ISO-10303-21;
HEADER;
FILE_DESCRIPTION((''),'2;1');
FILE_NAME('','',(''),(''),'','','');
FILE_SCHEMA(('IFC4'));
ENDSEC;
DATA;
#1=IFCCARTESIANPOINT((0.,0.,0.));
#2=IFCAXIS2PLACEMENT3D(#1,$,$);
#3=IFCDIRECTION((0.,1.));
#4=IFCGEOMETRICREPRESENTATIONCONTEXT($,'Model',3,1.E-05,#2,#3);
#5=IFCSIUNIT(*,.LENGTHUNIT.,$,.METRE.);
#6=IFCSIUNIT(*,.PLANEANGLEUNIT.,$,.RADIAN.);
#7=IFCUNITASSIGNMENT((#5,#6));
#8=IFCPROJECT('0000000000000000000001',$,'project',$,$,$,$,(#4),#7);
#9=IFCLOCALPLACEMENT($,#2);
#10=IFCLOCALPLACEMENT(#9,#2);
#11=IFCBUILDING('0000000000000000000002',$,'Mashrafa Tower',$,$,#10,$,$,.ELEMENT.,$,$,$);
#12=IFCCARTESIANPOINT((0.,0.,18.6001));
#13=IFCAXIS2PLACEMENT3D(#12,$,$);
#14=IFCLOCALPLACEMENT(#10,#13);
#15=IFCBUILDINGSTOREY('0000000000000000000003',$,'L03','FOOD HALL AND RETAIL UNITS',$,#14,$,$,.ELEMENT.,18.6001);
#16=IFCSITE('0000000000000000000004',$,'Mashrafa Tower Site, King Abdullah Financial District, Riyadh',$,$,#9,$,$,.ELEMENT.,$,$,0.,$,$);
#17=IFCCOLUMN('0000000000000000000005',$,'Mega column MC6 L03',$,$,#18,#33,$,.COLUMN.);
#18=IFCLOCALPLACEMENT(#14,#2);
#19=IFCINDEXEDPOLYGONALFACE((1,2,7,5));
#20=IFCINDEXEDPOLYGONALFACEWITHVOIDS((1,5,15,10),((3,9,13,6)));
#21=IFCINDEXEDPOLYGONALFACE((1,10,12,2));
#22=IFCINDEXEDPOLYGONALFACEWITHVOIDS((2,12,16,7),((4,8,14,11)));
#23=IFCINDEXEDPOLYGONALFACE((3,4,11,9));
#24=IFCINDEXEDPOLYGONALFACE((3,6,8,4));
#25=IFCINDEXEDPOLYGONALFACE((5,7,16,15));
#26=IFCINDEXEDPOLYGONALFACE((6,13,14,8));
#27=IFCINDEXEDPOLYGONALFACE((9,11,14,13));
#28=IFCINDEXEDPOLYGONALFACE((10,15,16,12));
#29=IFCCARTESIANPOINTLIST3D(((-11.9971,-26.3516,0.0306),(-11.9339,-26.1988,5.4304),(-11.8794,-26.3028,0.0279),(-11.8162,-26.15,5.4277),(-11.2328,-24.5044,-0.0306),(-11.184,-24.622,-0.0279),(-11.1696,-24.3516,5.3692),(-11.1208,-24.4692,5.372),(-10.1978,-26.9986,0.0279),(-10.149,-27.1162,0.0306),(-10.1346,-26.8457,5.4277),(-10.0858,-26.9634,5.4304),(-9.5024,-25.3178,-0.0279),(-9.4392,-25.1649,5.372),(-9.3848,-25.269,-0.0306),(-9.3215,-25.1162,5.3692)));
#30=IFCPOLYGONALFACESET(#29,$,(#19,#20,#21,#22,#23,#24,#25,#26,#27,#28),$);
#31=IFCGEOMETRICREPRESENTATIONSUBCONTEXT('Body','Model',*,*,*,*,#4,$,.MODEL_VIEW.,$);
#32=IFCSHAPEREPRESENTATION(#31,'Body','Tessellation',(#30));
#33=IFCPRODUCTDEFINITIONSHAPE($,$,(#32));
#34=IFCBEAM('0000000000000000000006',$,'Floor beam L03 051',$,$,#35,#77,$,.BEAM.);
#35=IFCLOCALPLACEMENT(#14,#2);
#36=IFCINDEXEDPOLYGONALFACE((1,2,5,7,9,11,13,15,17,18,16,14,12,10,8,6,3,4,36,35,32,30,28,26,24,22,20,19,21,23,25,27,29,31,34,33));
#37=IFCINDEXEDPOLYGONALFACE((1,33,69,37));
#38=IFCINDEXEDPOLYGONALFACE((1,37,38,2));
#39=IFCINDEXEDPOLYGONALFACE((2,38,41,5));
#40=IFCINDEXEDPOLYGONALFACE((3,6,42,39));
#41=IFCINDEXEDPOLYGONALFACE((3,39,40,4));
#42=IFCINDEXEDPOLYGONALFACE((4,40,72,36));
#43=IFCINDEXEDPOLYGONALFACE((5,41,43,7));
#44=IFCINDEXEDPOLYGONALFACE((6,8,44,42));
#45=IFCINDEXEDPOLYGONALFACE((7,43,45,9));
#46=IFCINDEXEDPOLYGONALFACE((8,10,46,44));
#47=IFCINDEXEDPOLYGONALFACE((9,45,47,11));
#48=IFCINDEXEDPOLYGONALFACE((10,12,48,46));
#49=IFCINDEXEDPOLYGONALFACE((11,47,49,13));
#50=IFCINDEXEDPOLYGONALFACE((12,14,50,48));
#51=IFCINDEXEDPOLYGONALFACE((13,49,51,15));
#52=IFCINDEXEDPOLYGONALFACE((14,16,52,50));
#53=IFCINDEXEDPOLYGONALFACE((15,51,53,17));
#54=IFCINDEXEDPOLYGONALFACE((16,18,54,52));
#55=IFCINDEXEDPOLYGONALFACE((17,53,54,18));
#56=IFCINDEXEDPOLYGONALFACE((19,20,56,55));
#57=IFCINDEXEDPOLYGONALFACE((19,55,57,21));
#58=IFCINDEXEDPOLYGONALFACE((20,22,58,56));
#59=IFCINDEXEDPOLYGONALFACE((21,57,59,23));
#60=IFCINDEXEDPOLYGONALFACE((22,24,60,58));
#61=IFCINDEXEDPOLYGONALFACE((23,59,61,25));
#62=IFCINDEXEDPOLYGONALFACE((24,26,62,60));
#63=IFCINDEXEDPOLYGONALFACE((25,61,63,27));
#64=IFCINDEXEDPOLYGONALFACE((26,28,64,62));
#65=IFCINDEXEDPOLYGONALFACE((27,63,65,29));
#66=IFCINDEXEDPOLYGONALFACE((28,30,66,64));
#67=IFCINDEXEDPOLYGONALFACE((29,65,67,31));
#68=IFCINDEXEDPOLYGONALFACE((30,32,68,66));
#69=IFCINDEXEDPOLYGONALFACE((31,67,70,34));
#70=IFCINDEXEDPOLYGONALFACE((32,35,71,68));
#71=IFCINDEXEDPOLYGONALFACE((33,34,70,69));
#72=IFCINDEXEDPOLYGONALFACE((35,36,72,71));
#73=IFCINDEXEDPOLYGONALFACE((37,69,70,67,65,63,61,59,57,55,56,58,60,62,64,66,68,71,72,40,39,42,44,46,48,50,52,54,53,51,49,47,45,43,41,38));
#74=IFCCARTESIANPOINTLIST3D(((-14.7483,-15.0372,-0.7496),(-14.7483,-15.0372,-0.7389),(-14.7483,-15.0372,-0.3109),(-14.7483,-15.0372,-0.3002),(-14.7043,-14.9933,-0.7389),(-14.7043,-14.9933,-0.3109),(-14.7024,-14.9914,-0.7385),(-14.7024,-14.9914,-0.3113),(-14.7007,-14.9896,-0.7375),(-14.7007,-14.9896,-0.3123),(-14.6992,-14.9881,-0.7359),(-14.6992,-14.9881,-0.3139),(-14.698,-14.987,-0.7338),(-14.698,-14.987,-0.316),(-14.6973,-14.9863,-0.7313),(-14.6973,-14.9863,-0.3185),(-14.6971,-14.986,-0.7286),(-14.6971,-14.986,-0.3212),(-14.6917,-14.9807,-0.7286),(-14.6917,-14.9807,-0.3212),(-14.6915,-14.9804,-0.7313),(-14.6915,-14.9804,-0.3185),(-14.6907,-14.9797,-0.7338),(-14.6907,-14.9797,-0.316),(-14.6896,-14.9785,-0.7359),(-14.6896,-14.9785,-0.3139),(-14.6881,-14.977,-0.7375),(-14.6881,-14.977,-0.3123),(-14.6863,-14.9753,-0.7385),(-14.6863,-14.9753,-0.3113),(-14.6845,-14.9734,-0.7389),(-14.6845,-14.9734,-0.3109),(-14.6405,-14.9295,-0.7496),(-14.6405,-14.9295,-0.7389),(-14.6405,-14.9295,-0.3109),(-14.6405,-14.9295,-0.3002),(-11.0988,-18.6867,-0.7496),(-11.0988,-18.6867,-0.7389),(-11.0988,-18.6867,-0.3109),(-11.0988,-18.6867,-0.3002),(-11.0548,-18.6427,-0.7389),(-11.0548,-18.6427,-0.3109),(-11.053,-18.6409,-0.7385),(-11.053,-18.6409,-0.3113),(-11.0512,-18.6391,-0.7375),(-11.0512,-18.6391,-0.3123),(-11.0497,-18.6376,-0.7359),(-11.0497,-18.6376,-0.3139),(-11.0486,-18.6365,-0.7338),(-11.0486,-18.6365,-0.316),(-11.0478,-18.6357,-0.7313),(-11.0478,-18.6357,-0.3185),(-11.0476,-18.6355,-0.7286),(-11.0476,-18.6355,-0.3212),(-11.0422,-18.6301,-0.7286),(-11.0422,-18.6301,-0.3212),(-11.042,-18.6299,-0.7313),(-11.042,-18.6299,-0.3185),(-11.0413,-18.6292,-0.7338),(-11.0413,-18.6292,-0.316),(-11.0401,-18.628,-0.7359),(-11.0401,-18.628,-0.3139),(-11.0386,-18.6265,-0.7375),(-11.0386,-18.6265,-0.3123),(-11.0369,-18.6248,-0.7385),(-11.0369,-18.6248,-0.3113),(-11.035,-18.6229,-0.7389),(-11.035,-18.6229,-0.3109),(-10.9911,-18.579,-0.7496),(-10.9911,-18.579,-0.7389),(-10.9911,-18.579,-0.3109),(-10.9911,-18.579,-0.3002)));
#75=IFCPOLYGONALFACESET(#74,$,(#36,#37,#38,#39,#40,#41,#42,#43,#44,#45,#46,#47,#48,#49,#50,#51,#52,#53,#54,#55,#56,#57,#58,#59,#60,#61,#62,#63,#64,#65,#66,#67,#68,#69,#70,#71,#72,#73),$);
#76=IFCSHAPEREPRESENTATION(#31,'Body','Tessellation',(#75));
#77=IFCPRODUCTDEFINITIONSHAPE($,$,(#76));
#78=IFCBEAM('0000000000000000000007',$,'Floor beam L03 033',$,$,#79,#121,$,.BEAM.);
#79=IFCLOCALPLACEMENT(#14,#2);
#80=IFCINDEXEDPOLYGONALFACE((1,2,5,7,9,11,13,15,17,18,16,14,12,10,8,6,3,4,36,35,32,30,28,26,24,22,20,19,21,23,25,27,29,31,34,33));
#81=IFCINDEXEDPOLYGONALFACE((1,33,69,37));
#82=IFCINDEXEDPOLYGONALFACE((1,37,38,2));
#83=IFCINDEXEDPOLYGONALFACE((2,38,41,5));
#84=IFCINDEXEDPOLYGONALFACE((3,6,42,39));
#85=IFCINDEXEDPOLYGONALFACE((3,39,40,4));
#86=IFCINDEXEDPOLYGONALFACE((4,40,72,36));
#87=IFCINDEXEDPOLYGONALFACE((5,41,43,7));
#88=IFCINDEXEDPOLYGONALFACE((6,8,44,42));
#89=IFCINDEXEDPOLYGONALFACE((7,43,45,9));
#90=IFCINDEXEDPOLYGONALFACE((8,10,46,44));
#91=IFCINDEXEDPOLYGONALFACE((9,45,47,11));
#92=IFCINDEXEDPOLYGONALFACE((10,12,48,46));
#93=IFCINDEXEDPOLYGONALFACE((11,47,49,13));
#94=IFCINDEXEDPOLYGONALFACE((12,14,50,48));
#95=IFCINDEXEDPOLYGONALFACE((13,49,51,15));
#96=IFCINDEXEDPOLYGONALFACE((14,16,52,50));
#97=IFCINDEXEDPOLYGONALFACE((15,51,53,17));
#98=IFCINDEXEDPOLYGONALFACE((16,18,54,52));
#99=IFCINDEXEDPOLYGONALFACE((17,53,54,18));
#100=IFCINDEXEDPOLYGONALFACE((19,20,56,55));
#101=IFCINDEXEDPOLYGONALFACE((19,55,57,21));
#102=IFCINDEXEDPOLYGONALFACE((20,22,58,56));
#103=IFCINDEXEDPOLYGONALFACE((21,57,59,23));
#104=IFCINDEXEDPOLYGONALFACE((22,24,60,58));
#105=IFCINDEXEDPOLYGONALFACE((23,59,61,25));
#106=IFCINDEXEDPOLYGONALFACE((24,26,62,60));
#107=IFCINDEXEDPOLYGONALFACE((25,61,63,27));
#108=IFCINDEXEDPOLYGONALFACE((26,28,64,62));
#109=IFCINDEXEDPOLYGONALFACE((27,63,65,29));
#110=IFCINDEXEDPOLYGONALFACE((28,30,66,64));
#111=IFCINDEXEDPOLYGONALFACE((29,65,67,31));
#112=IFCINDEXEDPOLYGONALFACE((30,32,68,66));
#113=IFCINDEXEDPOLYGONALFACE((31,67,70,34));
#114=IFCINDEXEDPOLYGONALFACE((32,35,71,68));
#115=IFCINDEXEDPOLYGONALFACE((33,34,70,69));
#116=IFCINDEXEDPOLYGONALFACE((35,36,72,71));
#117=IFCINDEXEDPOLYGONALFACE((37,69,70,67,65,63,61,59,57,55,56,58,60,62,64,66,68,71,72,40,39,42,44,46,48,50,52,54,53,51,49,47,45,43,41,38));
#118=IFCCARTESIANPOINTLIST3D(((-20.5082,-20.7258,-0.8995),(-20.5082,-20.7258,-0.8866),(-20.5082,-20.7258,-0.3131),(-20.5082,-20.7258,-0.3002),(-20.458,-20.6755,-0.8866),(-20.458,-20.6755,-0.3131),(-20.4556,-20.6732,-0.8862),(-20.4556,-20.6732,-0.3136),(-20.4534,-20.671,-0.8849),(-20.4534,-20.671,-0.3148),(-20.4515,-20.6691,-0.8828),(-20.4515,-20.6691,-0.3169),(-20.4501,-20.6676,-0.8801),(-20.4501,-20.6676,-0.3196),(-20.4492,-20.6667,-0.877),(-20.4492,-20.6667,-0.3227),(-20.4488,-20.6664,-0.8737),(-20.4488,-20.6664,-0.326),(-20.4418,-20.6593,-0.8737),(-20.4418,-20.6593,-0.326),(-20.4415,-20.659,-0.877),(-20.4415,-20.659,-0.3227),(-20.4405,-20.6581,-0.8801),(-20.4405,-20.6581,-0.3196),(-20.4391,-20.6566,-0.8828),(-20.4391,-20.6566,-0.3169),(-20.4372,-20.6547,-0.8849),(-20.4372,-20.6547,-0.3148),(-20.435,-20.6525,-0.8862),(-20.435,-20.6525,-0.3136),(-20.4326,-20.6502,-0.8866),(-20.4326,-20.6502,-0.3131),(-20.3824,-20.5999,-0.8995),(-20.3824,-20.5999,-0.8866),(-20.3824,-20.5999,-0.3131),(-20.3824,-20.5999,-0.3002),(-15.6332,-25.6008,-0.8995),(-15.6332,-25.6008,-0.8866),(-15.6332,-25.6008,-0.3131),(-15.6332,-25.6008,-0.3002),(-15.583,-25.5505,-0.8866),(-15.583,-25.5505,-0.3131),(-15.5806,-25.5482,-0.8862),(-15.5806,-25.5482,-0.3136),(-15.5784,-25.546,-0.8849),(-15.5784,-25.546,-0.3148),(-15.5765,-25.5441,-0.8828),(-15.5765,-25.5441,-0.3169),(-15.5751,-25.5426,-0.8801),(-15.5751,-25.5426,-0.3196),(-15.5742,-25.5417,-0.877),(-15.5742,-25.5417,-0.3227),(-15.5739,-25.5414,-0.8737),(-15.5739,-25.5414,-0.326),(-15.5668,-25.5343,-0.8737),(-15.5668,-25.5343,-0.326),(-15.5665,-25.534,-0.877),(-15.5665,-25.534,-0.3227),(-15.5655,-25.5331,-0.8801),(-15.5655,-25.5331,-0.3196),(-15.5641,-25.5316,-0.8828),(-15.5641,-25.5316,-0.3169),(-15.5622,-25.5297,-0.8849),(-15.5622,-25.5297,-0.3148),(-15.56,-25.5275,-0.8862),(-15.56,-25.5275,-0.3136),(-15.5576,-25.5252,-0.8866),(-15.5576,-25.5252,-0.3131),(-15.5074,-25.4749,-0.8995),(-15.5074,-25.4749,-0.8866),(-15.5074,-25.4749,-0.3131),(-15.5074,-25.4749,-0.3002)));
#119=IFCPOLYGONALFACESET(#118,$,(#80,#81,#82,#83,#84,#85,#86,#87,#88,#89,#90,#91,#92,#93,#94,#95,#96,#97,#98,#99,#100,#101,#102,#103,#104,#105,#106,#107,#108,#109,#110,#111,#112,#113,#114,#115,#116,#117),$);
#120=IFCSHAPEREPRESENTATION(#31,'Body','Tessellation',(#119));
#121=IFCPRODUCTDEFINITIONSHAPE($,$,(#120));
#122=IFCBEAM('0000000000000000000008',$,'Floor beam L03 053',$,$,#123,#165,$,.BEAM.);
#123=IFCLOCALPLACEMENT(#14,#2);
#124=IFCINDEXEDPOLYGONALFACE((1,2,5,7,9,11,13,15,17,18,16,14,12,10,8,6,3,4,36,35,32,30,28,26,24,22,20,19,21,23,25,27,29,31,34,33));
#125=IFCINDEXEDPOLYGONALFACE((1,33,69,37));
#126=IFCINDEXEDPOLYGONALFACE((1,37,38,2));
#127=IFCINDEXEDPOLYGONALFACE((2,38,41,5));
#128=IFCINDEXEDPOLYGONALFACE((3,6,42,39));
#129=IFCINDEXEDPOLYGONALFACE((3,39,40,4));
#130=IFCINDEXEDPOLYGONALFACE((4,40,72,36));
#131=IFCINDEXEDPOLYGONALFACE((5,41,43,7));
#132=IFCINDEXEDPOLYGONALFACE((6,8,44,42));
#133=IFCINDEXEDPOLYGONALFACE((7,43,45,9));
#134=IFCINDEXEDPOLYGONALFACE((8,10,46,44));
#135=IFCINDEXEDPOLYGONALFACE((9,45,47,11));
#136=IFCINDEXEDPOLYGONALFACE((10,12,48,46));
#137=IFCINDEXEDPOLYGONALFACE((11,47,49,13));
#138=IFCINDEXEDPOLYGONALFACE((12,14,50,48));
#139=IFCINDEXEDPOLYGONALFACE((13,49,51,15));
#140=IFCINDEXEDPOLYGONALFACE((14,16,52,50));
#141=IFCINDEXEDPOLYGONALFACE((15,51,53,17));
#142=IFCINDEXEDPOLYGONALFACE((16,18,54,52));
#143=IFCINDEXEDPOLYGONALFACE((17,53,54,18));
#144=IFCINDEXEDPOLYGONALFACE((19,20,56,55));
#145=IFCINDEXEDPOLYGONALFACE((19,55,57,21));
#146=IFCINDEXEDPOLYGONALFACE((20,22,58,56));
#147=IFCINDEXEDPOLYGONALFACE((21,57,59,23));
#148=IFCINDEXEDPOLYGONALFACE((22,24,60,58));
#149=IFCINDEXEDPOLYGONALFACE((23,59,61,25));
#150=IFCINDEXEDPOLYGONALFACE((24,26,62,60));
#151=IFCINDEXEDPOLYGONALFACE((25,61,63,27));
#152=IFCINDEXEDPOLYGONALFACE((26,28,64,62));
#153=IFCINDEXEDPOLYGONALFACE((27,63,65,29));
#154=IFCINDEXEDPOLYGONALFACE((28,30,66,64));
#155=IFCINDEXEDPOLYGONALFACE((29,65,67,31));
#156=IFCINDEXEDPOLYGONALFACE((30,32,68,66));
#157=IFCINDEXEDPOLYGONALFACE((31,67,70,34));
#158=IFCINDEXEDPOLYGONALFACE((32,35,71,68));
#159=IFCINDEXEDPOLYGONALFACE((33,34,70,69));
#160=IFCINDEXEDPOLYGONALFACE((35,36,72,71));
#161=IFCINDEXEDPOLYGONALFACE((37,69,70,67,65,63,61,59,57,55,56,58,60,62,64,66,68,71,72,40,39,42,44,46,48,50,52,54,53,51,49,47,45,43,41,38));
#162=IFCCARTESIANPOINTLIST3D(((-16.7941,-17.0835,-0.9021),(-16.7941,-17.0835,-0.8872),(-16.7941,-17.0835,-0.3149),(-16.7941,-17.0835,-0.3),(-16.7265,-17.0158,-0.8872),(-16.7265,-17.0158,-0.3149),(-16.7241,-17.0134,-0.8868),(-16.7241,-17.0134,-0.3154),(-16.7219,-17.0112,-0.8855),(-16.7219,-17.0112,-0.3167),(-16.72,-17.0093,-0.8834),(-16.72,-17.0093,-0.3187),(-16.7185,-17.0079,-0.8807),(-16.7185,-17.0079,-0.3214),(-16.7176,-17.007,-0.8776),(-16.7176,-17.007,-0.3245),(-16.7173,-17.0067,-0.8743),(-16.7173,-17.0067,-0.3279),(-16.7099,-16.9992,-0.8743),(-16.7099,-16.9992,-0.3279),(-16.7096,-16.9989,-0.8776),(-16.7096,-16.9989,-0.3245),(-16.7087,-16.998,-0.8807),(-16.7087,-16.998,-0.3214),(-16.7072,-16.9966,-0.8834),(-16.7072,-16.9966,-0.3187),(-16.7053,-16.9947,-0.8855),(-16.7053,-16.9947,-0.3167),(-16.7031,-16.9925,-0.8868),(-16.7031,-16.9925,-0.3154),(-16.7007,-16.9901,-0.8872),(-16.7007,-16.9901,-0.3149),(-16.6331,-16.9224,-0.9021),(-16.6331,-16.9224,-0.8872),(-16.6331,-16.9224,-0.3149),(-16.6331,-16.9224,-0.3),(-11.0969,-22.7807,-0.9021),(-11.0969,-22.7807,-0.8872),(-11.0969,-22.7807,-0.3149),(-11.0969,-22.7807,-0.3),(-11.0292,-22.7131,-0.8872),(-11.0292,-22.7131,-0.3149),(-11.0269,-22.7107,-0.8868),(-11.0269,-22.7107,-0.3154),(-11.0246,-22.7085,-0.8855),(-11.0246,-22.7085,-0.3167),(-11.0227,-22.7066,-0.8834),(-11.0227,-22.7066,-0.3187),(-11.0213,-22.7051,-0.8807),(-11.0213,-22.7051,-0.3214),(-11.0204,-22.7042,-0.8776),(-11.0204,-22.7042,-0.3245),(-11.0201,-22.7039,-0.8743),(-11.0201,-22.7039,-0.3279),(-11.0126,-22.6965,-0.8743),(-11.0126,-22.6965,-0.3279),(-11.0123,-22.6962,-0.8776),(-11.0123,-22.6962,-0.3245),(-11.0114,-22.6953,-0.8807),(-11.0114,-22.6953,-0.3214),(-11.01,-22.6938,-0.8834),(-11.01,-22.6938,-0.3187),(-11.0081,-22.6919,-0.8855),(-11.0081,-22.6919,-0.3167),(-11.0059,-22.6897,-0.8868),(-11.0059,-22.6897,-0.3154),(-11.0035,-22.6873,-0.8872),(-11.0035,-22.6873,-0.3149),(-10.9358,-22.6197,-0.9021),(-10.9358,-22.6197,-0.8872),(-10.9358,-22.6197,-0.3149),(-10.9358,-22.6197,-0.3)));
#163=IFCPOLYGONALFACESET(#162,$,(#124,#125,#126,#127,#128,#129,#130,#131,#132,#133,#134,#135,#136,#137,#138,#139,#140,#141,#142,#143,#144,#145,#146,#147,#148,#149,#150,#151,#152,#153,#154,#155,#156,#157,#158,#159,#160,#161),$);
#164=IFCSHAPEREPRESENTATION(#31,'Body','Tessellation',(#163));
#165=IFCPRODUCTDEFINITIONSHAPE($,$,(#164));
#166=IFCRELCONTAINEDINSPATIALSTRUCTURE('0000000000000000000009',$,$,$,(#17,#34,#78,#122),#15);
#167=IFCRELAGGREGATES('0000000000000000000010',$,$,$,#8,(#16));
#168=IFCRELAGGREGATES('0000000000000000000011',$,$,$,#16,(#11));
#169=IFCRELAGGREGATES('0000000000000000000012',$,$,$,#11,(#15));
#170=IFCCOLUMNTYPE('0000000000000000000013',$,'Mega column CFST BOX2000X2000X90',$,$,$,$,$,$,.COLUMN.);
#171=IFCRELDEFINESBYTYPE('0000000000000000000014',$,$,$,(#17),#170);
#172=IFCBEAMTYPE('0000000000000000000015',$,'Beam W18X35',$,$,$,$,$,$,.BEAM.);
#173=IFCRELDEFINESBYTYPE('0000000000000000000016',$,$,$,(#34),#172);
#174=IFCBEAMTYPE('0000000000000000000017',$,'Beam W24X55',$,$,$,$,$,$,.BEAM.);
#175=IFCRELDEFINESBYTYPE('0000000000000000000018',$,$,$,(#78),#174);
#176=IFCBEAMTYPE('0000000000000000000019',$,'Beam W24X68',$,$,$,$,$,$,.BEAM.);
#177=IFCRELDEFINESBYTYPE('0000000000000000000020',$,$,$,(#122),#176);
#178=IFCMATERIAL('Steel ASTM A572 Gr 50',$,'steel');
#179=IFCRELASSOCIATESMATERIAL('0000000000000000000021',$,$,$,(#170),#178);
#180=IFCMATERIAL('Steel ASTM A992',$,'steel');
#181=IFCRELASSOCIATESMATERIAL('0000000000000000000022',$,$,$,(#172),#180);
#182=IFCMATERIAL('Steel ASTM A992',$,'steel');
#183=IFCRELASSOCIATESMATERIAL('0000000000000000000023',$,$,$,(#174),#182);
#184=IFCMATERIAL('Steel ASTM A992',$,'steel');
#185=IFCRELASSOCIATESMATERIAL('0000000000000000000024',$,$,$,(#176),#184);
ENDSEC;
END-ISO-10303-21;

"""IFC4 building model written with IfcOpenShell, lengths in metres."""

from ifc_helpers import new_model, si_unit, direction, frame, origin, origin_2d, place, context, subcontext, project, spatial, hollow_rectangle, i_section, extrude, material, material_profile, profile_set, type_object, element, save


model = new_model("IFC4")

# Units and contexts
model_context = context("Model", 3, precision=1e-05, world=origin(), true_north=direction((0.0, 1.0)))
body_context = subcontext(model_context, "Body", "Model", "MODEL_VIEW")
ifc_project = project(units=[si_unit("LENGTHUNIT", "METRE"), si_unit("PLANEANGLEUNIT", "RADIAN")], contexts=[model_context])

# Site, building, storey
site_placement = place(None, origin())
site = spatial("IfcSite", under=ifc_project, at=site_placement, Name="Mashrafa Tower Site, King Abdullah Financial District, Riyadh", CompositionType="ELEMENT", RefElevation=0.0)
building_placement = place(site_placement, origin())
building = spatial("IfcBuilding", under=site, at=building_placement, Name="Mashrafa Tower", CompositionType="ELEMENT")
storey_placement = place(building_placement, frame((0.0, 0.0, 18.6001)))
storey = spatial("IfcBuildingStorey", under=building, at=storey_placement, Name="L03", Description="FOOD HALL AND RETAIL UNITS", CompositionType="ELEMENT", Elevation=18.6001)

# Column
ifc_material_1 = material(Name="Steel ASTM A572 Gr 50", Category="steel")
ifc_material_profile_1 = material_profile(ifc_material_1, hollow_rectangle(XDim=2.0, YDim=2.0, WallThickness=0.0901, at=origin_2d()), Name="BOX2000X2000X90")
ifc_profile_set_1 = profile_set([ifc_material_profile_1], Name="Steel ASTM A572 Gr 50")
column_type = type_object("IfcColumnType", Name="Mega column CFST BOX2000X2000X90", PredefinedType="COLUMN", material=ifc_profile_set_1)
column_placement = place(storey_placement, frame((-10.6909, -25.8103, 0.0), z_axis=(0.011704, 0.028289, 0.999531), x_axis=(-0.924035, 0.382308, 0.0)))
element("IfcColumn", 1, at=column_placement, inside=storey, type_object=column_type, Name="Mega column MC6 L03", PredefinedType="COLUMN", context=body_context, shape_type="SweptSolid", body=[
    extrude(hollow_rectangle(XDim=2.0, YDim=2.0, WallThickness=0.0901, at=origin_2d()), origin(), (0.0, 0.0, 1.0), 5.4023),
])

# Beams
ifc_material_2 = material(Name="Steel ASTM A992", Category="steel")
ifc_material_profile_2 = material_profile(ifc_material_2, i_section(OverallWidth=0.1523, OverallDepth=0.4495, WebThickness=0.0076, FlangeThickness=0.0107, FilletRadius=0.0103, at=origin_2d()), Name="W18X35")
ifc_profile_set_2 = profile_set([ifc_material_profile_2], Name="Steel ASTM A992")
beam_type_1 = type_object("IfcBeamType", Name="Beam W18X35", PredefinedType="BEAM", material=ifc_profile_set_2)
beam_1_placement = place(storey_placement, frame((-11.0449, -18.6328, -0.5249), z_axis=(-0.707107, 0.707107, 0.0), x_axis=(-0.707107, -0.707107, 0.0)))
element("IfcBeam", 2, at=beam_1_placement, inside=storey, type_object=beam_type_1, Name="Floor beam L03 051", PredefinedType="BEAM", context=body_context, shape_type="SweptSolid", body=[
    extrude(i_section(OverallWidth=0.1523, OverallDepth=0.4495, WebThickness=0.0076, FlangeThickness=0.0107, FilletRadius=0.0103, at=origin_2d()), origin(), (0.0, 0.0, 1.0), 5.1611),
])
ifc_material_3 = material(Name="Steel ASTM A992", Category="steel")
ifc_material_profile_3 = material_profile(ifc_material_3, i_section(OverallWidth=0.178, OverallDepth=0.5994, WebThickness=0.01, FlangeThickness=0.0129, FilletRadius=0.0129, at=origin_2d()), Name="W24X55")
ifc_profile_set_3 = profile_set([ifc_material_profile_3], Name="Steel ASTM A992")
beam_type_2 = type_object("IfcBeamType", Name="Beam W24X55", PredefinedType="BEAM", material=ifc_profile_set_3)
beam_2_placement = place(storey_placement, frame((-15.5703, -25.5378, -0.5999), z_axis=(-0.707107, 0.707107, 0.0), x_axis=(-0.707107, -0.707107, 0.0)))
element("IfcBeam", 3, at=beam_2_placement, inside=storey, type_object=beam_type_2, Name="Floor beam L03 033", PredefinedType="BEAM", context=body_context, shape_type="SweptSolid", body=[
    extrude(i_section(OverallWidth=0.178, OverallDepth=0.5994, WebThickness=0.01, FlangeThickness=0.0129, FilletRadius=0.0129, at=origin_2d()), origin(), (0.0, 0.0, 1.0), 6.8943),
])
ifc_material_4 = material(Name="Steel ASTM A992", Category="steel")
ifc_material_profile_4 = material_profile(ifc_material_4, i_section(OverallWidth=0.2278, OverallDepth=0.6021, WebThickness=0.0105, FlangeThickness=0.0149, FilletRadius=0.0129, at=origin_2d()), Name="W24X68")
ifc_profile_set_4 = profile_set([ifc_material_profile_4], Name="Steel ASTM A992")
beam_type_3 = type_object("IfcBeamType", Name="Beam W24X68", PredefinedType="BEAM", material=ifc_profile_set_4)
beam_3_placement = place(storey_placement, frame((-11.0164, -22.7002, -0.6011), z_axis=(-0.707107, 0.707107, 0.0), x_axis=(-0.707107, -0.707107, 0.0)))
element("IfcBeam", 4, at=beam_3_placement, inside=storey, type_object=beam_type_3, Name="Floor beam L03 053", PredefinedType="BEAM", context=body_context, shape_type="SweptSolid", body=[
    extrude(i_section(OverallWidth=0.2278, OverallDepth=0.6021, WebThickness=0.0105, FlangeThickness=0.0149, FilletRadius=0.0129, at=origin_2d()), origin(), (0.0, 0.0, 1.0), 8.0571),
])

save(model, "model.ifc")
